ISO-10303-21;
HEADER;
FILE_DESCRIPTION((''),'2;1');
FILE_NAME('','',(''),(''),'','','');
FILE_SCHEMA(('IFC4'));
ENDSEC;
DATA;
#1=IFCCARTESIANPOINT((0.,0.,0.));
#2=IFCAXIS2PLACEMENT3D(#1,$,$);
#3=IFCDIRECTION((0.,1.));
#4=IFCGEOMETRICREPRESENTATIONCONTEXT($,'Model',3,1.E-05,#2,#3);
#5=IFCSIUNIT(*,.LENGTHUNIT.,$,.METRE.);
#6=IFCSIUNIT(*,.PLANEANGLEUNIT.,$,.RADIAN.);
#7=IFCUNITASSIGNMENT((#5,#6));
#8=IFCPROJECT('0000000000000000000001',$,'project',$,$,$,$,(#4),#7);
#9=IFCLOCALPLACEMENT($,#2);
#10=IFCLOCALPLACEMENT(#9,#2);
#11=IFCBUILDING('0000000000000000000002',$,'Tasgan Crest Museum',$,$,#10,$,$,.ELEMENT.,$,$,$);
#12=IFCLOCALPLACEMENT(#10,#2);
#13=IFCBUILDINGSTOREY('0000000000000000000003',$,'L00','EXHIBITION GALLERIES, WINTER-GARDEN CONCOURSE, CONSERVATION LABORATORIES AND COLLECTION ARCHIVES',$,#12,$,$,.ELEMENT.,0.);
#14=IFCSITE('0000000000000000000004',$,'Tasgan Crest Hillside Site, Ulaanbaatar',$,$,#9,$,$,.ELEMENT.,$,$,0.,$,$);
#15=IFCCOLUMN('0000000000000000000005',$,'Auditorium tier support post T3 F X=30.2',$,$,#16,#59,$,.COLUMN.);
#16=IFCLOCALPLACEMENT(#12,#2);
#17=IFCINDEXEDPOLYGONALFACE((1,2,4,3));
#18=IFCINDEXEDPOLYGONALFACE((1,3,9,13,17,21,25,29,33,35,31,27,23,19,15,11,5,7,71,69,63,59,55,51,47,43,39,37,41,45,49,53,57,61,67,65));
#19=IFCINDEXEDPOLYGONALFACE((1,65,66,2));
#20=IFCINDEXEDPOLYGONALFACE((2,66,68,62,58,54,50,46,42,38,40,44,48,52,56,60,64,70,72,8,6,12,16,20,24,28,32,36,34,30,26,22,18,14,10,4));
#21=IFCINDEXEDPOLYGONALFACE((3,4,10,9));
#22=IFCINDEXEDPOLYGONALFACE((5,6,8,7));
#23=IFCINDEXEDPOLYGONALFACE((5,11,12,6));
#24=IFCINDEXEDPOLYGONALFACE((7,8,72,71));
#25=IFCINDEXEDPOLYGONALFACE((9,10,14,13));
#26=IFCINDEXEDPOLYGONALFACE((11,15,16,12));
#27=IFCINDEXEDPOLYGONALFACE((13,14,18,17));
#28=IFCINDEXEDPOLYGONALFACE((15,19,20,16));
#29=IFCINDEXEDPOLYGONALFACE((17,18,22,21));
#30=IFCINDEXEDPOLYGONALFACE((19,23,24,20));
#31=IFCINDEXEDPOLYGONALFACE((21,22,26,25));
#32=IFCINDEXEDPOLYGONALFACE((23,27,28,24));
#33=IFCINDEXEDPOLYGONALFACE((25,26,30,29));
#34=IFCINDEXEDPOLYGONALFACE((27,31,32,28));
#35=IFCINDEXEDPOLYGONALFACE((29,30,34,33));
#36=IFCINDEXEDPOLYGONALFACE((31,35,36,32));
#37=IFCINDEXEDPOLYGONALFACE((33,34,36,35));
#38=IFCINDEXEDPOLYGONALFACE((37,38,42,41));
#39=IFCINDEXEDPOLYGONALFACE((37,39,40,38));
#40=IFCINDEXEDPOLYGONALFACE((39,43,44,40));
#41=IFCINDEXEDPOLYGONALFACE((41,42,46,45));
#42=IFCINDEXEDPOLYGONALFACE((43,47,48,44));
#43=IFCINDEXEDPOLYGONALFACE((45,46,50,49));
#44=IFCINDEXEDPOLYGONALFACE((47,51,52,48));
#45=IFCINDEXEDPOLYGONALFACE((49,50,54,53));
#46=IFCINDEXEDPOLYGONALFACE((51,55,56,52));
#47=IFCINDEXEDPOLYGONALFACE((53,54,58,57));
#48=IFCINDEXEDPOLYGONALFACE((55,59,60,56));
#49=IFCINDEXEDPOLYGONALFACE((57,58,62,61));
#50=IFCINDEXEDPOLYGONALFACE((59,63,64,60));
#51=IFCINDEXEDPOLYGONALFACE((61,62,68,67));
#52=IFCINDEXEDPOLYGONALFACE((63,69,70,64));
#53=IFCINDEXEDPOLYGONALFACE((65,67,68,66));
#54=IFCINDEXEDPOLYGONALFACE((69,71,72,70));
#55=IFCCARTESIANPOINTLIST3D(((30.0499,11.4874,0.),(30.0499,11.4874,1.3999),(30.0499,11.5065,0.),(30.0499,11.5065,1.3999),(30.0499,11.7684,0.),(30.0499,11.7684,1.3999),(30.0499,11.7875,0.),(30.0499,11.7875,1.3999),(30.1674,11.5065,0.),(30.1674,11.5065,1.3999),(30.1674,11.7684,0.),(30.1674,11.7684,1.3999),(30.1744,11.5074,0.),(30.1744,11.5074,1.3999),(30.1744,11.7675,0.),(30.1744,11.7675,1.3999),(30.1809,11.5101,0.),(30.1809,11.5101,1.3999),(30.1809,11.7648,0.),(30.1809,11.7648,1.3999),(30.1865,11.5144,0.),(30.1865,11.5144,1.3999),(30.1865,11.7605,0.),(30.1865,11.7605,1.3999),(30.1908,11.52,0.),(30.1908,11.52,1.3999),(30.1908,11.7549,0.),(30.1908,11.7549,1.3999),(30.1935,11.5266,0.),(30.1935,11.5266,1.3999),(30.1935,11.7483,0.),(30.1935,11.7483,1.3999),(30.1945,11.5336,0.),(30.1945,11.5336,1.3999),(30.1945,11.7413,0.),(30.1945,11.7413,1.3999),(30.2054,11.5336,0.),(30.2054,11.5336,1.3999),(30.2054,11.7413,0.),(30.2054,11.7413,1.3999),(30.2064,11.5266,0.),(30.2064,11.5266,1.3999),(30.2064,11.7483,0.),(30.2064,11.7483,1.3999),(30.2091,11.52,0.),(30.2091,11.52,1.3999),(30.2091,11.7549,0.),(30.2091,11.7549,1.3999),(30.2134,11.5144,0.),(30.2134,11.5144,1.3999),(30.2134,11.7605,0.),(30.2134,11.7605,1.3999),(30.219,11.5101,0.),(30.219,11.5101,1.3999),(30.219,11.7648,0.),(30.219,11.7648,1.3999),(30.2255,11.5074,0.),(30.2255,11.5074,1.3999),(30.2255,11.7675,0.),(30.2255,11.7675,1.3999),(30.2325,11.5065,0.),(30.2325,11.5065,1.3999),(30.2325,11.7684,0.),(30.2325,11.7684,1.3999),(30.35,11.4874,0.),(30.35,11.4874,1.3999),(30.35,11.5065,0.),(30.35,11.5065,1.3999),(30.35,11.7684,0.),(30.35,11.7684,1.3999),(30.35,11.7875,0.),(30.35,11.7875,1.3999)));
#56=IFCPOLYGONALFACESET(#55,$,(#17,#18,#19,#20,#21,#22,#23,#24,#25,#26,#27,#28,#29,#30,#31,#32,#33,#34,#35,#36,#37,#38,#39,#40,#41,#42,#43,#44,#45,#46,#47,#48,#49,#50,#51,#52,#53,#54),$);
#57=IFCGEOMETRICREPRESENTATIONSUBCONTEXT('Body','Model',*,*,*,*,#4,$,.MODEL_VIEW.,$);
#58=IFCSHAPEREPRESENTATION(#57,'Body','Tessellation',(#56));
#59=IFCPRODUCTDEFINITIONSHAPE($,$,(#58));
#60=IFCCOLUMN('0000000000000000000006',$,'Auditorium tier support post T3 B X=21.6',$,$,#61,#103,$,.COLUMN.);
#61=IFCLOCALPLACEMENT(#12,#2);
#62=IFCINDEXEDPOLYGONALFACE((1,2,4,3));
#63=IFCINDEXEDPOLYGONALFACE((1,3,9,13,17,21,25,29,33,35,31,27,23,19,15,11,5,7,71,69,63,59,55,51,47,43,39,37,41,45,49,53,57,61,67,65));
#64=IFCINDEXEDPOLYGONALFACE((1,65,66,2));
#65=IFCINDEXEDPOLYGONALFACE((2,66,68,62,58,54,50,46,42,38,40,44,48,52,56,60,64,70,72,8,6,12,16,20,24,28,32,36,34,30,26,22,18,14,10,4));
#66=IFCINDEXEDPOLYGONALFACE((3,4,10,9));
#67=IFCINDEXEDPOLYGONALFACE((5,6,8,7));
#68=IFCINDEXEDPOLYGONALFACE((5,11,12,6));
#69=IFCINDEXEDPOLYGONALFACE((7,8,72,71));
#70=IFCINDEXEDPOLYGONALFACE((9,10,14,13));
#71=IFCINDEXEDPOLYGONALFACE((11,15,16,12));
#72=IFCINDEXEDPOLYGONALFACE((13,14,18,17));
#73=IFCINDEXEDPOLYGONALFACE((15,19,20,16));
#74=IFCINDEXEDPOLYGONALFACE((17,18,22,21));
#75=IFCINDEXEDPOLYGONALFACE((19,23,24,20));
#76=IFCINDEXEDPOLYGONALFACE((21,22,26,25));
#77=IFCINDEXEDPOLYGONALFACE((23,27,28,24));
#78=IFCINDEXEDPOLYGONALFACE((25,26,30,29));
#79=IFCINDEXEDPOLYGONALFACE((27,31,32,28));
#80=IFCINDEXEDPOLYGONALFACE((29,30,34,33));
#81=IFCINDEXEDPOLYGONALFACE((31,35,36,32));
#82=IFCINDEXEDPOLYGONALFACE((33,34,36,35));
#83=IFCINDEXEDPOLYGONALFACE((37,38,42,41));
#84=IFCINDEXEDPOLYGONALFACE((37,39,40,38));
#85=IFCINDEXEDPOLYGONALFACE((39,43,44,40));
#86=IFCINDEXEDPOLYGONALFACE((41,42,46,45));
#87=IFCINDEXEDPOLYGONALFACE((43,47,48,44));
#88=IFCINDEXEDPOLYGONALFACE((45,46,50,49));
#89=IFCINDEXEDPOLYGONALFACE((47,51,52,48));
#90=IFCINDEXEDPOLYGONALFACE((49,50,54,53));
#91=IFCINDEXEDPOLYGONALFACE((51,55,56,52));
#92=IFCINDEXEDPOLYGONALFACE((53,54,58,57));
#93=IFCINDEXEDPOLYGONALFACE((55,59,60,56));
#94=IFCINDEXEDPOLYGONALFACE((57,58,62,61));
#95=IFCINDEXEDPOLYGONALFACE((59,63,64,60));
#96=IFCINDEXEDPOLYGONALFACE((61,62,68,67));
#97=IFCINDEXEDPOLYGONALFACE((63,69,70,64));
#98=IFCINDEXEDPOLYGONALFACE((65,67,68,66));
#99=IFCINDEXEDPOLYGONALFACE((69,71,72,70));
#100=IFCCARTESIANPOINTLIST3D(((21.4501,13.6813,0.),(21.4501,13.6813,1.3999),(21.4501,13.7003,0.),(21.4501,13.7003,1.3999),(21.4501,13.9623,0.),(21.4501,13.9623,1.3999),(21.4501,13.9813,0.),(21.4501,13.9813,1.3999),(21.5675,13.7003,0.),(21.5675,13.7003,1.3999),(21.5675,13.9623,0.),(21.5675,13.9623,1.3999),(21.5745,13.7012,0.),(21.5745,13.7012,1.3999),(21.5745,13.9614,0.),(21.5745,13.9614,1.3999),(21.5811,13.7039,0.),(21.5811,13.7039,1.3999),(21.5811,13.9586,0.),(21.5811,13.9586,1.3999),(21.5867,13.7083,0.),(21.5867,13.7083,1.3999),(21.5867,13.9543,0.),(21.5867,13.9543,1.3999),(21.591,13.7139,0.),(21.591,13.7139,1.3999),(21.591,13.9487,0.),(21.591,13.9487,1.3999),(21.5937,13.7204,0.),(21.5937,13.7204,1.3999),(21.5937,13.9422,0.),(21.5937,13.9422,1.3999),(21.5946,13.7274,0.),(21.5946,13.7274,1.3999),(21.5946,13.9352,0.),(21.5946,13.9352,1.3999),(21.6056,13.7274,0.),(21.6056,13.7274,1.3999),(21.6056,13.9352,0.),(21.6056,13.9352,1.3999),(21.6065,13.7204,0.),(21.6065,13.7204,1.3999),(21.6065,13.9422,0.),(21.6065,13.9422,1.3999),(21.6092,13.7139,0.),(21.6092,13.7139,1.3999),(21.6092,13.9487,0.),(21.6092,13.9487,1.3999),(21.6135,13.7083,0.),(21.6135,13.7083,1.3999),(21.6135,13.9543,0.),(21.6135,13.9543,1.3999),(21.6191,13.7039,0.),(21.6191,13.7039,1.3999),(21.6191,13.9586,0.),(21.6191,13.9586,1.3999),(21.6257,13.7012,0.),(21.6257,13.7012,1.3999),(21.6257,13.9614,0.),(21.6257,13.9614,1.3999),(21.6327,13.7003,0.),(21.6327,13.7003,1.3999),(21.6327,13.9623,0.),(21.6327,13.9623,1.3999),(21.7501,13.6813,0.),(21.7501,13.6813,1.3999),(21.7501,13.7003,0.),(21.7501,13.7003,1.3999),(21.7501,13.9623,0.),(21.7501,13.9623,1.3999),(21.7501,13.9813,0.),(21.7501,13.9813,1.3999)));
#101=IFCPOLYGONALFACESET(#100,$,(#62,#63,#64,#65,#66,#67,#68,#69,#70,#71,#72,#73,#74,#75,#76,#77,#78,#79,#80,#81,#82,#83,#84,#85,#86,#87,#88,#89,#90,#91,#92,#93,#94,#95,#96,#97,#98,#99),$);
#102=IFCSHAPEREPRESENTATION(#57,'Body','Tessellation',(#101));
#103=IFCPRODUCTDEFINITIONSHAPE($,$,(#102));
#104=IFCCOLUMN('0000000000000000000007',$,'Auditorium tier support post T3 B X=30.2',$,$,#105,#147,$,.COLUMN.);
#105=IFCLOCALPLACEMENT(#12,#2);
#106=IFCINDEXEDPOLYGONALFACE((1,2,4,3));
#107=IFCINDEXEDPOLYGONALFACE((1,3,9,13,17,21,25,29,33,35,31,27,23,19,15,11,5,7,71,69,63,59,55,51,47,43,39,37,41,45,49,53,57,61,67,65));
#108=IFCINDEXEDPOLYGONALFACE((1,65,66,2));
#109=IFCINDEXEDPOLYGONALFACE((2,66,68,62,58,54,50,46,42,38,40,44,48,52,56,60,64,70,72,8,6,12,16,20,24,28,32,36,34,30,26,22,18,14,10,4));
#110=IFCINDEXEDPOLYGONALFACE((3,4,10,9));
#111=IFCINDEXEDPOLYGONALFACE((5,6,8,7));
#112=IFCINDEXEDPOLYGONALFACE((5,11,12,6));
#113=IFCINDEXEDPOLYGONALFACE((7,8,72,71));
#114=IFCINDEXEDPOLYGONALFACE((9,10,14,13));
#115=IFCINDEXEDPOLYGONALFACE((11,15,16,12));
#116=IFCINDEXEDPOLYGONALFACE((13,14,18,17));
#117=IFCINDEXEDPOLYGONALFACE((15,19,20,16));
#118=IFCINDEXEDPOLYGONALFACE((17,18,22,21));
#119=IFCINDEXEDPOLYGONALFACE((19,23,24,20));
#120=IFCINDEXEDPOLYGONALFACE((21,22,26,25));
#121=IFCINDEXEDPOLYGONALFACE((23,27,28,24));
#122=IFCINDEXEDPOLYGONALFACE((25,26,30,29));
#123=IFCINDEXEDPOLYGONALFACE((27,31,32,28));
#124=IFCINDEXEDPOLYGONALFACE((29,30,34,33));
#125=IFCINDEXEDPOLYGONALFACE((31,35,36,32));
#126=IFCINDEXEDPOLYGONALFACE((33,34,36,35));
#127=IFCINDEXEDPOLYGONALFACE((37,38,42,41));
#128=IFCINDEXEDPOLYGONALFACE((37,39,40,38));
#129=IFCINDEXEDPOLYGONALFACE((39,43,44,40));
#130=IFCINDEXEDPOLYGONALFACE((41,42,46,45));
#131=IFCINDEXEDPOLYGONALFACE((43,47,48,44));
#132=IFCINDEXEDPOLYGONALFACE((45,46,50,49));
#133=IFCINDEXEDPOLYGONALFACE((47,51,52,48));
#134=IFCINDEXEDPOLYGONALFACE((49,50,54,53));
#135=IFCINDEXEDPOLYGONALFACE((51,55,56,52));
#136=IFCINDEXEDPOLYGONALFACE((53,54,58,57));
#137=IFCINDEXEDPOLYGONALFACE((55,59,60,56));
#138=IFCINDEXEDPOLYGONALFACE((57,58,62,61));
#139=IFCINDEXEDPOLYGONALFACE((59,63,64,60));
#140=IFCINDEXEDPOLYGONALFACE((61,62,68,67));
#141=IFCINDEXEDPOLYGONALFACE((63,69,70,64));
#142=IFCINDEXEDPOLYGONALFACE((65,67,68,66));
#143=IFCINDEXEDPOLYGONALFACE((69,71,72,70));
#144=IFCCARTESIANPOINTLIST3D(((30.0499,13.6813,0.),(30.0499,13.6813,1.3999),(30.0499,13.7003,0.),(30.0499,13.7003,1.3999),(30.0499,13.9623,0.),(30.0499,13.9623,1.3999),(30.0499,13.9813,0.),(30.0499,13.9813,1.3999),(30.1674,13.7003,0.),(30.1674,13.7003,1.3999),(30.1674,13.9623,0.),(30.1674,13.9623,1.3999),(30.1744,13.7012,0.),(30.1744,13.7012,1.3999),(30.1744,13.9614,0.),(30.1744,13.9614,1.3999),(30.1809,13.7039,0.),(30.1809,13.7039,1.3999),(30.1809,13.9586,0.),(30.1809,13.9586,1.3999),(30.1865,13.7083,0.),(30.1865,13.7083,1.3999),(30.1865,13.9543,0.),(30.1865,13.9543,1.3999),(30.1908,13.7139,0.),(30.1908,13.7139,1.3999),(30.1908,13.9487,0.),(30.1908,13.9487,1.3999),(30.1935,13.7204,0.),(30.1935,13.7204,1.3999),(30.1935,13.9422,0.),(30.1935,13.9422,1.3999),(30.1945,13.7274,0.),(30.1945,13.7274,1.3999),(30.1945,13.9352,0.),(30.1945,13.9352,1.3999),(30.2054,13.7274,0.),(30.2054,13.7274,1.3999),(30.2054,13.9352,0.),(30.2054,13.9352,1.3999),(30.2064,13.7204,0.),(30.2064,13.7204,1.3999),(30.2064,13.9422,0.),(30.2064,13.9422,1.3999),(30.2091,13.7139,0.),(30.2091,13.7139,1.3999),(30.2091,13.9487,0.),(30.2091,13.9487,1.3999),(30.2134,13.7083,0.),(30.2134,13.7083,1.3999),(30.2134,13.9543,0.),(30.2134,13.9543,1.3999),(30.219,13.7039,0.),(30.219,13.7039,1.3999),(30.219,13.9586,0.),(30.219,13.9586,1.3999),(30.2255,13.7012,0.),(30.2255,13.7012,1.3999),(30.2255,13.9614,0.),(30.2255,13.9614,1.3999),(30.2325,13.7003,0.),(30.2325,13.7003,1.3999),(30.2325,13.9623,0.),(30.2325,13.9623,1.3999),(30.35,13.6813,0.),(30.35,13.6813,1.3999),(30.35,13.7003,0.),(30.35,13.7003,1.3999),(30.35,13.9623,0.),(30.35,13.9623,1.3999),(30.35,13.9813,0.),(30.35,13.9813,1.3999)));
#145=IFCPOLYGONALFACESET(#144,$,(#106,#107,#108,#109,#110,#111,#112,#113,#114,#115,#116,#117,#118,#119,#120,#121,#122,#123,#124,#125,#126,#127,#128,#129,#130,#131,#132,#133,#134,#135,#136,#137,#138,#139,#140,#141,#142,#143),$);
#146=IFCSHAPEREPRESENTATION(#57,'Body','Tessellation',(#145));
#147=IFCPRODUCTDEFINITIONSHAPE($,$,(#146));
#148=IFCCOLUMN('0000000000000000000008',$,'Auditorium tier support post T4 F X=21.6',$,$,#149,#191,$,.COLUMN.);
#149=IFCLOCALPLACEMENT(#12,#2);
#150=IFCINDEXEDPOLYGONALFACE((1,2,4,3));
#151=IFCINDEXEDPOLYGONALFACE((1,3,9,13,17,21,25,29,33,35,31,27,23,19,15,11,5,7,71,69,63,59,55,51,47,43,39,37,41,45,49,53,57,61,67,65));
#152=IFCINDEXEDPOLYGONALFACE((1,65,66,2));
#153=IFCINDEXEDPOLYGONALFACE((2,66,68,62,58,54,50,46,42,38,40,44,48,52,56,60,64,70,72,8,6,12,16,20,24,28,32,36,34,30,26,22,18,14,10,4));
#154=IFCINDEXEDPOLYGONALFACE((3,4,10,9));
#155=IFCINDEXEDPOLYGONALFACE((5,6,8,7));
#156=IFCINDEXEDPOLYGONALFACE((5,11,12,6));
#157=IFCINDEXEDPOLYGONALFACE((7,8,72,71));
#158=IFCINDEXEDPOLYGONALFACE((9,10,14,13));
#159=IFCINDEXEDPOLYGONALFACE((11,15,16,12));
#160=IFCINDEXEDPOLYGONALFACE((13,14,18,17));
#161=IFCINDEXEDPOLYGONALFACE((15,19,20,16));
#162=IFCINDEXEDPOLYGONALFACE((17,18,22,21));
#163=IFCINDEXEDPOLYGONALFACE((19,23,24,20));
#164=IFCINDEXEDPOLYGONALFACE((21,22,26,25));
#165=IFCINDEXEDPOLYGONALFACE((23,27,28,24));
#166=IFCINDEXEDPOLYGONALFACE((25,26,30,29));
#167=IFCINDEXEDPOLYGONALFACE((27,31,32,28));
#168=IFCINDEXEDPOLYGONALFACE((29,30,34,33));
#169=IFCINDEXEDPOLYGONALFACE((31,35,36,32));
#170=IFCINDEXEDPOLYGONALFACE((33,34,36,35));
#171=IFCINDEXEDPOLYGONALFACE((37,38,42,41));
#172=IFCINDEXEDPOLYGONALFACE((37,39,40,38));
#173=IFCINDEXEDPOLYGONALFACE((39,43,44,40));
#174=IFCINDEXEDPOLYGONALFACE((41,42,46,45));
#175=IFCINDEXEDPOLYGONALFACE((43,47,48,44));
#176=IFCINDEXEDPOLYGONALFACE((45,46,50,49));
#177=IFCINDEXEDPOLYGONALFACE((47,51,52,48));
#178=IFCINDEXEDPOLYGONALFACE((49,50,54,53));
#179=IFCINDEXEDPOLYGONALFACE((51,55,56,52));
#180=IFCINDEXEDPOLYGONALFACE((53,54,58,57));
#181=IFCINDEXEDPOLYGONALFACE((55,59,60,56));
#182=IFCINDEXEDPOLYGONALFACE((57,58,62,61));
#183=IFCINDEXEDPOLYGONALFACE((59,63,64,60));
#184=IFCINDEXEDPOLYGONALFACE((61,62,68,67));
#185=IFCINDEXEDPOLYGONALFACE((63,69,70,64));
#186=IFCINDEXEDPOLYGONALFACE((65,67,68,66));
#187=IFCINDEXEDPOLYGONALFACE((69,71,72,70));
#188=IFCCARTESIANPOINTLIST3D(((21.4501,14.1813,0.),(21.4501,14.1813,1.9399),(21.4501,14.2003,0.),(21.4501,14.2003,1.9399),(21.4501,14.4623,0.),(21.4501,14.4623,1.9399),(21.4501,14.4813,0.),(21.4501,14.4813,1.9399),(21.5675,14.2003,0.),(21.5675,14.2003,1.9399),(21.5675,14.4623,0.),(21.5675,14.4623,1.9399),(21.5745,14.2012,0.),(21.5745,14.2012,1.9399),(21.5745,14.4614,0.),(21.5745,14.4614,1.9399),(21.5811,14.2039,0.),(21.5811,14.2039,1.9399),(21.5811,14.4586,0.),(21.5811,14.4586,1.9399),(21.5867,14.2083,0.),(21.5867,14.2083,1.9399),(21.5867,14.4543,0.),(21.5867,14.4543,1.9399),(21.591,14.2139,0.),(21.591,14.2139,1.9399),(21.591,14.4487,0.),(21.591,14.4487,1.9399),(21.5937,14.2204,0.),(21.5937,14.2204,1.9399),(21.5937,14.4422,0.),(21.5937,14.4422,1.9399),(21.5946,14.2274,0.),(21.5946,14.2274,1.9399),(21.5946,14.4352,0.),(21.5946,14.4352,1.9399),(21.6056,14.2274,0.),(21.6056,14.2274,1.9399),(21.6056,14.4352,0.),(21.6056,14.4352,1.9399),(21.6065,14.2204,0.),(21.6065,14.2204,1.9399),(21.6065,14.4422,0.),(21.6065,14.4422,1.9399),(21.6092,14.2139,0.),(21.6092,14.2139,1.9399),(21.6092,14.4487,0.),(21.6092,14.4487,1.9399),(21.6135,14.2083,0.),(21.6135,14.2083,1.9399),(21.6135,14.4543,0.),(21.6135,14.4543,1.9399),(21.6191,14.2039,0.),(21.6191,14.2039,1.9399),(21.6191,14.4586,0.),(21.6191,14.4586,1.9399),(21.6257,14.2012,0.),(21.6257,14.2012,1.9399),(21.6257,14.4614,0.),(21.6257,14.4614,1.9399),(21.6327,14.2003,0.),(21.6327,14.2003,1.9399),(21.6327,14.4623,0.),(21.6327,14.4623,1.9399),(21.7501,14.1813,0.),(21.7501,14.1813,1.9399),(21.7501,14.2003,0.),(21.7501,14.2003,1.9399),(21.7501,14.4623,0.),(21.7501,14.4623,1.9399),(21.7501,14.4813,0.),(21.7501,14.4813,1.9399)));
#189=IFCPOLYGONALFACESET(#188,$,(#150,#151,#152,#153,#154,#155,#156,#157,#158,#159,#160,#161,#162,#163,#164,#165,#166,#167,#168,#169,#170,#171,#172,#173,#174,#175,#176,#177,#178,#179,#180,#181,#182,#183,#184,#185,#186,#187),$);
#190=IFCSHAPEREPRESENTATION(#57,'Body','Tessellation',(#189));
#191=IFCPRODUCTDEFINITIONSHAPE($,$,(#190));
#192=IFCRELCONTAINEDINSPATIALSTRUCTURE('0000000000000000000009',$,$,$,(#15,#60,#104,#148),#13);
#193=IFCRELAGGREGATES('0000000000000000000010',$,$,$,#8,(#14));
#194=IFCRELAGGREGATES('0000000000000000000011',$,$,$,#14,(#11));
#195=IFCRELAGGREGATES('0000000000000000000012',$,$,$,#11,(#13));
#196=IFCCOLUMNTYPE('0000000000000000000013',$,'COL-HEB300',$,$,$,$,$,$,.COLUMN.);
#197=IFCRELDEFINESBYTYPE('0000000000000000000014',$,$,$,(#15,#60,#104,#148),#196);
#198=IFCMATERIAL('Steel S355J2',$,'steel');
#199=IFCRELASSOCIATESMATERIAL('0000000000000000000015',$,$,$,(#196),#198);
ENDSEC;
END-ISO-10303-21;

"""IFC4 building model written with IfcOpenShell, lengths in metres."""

from ifc_helpers import new_model, si_unit, direction, frame, origin, origin_2d, place, context, subcontext, project, spatial, i_section, extrude, material, material_profile, profile_set, type_object, element, save


model = new_model("IFC4")

# Units and contexts
model_context = context("Model", 3, precision=1e-05, world=origin(), true_north=direction((0.0, 1.0)))
body_context = subcontext(model_context, "Body", "Model", "MODEL_VIEW")
ifc_project = project(units=[si_unit("LENGTHUNIT", "METRE"), si_unit("PLANEANGLEUNIT", "RADIAN")], contexts=[model_context])

# Site, building, storey
site_placement = place(None, origin())
site = spatial("IfcSite", under=ifc_project, at=site_placement, Name="Tasgan Crest Hillside Site, Ulaanbaatar", CompositionType="ELEMENT", RefElevation=0.0)
building_placement = place(site_placement, origin())
building = spatial("IfcBuilding", under=site, at=building_placement, Name="Tasgan Crest Museum", CompositionType="ELEMENT")
storey_placement = place(building_placement, origin())
storey = spatial("IfcBuildingStorey", under=building, at=storey_placement, Name="L00", Description="EXHIBITION GALLERIES, WINTER-GARDEN CONCOURSE, CONSERVATION LABORATORIES AND COLLECTION ARCHIVES", CompositionType="ELEMENT", Elevation=0.0)

# Columns
ifc_material_1 = material(Name="Steel S355J2", Category="steel")
ifc_material_profile_1 = material_profile(ifc_material_1, i_section(OverallWidth=0.3, OverallDepth=0.3, WebThickness=0.011, FlangeThickness=0.019, FilletRadius=0.0271, at=origin_2d()), Name="HEB 300")
ifc_profile_set_1 = profile_set([ifc_material_profile_1], Name="Steel S355J2")
column_type_1 = type_object("IfcColumnType", Name="COL-HEB300", PredefinedType="COLUMN", material=ifc_profile_set_1)
for number, where, z_axis, x_axis, name in (
    (1, (30.2, 11.6375, 0.0), (0.0, 0.0, 1.0), (1.0, 0.0, 0.0), "Auditorium tier support post T3 F X=30.2"),
    (2, (21.6001, 13.8313, 0.0), (0.0, 0.0, 1.0), (1.0, 0.0, 0.0), "Auditorium tier support post T3 B X=21.6"),
    (3, (30.2, 13.8313, 0.0), (0.0, 0.0, 1.0), (1.0, 0.0, 0.0), "Auditorium tier support post T3 B X=30.2"),
):
    element("IfcColumn", number, at=place(storey_placement, frame(where, z_axis=z_axis, x_axis=x_axis)), inside=storey, type_object=column_type_1, Name=name, PredefinedType="COLUMN", context=body_context, shape_type="SweptSolid", body=[
        extrude(i_section(OverallWidth=0.3, OverallDepth=0.3, WebThickness=0.011, FlangeThickness=0.019, FilletRadius=0.0271, at=origin_2d()), origin(), (0.0, 0.0, 1.0), 1.3999),
    ])
for number, where, z_axis, x_axis, name in (
    (4, (21.6001, 14.3313, 0.0), (0.0, 0.0, 1.0), (1.0, 0.0, 0.0), "Auditorium tier support post T4 F X=21.6"),
):
    element("IfcColumn", number, at=place(storey_placement, frame(where, z_axis=z_axis, x_axis=x_axis)), inside=storey, type_object=column_type_1, Name=name, PredefinedType="COLUMN", context=body_context, shape_type="SweptSolid", body=[
        extrude(i_section(OverallWidth=0.3, OverallDepth=0.3, WebThickness=0.011, FlangeThickness=0.019, FilletRadius=0.0271, at=origin_2d()), origin(), (0.0, 0.0, 1.0), 1.9399),
    ])

save(model, "model.ifc")
